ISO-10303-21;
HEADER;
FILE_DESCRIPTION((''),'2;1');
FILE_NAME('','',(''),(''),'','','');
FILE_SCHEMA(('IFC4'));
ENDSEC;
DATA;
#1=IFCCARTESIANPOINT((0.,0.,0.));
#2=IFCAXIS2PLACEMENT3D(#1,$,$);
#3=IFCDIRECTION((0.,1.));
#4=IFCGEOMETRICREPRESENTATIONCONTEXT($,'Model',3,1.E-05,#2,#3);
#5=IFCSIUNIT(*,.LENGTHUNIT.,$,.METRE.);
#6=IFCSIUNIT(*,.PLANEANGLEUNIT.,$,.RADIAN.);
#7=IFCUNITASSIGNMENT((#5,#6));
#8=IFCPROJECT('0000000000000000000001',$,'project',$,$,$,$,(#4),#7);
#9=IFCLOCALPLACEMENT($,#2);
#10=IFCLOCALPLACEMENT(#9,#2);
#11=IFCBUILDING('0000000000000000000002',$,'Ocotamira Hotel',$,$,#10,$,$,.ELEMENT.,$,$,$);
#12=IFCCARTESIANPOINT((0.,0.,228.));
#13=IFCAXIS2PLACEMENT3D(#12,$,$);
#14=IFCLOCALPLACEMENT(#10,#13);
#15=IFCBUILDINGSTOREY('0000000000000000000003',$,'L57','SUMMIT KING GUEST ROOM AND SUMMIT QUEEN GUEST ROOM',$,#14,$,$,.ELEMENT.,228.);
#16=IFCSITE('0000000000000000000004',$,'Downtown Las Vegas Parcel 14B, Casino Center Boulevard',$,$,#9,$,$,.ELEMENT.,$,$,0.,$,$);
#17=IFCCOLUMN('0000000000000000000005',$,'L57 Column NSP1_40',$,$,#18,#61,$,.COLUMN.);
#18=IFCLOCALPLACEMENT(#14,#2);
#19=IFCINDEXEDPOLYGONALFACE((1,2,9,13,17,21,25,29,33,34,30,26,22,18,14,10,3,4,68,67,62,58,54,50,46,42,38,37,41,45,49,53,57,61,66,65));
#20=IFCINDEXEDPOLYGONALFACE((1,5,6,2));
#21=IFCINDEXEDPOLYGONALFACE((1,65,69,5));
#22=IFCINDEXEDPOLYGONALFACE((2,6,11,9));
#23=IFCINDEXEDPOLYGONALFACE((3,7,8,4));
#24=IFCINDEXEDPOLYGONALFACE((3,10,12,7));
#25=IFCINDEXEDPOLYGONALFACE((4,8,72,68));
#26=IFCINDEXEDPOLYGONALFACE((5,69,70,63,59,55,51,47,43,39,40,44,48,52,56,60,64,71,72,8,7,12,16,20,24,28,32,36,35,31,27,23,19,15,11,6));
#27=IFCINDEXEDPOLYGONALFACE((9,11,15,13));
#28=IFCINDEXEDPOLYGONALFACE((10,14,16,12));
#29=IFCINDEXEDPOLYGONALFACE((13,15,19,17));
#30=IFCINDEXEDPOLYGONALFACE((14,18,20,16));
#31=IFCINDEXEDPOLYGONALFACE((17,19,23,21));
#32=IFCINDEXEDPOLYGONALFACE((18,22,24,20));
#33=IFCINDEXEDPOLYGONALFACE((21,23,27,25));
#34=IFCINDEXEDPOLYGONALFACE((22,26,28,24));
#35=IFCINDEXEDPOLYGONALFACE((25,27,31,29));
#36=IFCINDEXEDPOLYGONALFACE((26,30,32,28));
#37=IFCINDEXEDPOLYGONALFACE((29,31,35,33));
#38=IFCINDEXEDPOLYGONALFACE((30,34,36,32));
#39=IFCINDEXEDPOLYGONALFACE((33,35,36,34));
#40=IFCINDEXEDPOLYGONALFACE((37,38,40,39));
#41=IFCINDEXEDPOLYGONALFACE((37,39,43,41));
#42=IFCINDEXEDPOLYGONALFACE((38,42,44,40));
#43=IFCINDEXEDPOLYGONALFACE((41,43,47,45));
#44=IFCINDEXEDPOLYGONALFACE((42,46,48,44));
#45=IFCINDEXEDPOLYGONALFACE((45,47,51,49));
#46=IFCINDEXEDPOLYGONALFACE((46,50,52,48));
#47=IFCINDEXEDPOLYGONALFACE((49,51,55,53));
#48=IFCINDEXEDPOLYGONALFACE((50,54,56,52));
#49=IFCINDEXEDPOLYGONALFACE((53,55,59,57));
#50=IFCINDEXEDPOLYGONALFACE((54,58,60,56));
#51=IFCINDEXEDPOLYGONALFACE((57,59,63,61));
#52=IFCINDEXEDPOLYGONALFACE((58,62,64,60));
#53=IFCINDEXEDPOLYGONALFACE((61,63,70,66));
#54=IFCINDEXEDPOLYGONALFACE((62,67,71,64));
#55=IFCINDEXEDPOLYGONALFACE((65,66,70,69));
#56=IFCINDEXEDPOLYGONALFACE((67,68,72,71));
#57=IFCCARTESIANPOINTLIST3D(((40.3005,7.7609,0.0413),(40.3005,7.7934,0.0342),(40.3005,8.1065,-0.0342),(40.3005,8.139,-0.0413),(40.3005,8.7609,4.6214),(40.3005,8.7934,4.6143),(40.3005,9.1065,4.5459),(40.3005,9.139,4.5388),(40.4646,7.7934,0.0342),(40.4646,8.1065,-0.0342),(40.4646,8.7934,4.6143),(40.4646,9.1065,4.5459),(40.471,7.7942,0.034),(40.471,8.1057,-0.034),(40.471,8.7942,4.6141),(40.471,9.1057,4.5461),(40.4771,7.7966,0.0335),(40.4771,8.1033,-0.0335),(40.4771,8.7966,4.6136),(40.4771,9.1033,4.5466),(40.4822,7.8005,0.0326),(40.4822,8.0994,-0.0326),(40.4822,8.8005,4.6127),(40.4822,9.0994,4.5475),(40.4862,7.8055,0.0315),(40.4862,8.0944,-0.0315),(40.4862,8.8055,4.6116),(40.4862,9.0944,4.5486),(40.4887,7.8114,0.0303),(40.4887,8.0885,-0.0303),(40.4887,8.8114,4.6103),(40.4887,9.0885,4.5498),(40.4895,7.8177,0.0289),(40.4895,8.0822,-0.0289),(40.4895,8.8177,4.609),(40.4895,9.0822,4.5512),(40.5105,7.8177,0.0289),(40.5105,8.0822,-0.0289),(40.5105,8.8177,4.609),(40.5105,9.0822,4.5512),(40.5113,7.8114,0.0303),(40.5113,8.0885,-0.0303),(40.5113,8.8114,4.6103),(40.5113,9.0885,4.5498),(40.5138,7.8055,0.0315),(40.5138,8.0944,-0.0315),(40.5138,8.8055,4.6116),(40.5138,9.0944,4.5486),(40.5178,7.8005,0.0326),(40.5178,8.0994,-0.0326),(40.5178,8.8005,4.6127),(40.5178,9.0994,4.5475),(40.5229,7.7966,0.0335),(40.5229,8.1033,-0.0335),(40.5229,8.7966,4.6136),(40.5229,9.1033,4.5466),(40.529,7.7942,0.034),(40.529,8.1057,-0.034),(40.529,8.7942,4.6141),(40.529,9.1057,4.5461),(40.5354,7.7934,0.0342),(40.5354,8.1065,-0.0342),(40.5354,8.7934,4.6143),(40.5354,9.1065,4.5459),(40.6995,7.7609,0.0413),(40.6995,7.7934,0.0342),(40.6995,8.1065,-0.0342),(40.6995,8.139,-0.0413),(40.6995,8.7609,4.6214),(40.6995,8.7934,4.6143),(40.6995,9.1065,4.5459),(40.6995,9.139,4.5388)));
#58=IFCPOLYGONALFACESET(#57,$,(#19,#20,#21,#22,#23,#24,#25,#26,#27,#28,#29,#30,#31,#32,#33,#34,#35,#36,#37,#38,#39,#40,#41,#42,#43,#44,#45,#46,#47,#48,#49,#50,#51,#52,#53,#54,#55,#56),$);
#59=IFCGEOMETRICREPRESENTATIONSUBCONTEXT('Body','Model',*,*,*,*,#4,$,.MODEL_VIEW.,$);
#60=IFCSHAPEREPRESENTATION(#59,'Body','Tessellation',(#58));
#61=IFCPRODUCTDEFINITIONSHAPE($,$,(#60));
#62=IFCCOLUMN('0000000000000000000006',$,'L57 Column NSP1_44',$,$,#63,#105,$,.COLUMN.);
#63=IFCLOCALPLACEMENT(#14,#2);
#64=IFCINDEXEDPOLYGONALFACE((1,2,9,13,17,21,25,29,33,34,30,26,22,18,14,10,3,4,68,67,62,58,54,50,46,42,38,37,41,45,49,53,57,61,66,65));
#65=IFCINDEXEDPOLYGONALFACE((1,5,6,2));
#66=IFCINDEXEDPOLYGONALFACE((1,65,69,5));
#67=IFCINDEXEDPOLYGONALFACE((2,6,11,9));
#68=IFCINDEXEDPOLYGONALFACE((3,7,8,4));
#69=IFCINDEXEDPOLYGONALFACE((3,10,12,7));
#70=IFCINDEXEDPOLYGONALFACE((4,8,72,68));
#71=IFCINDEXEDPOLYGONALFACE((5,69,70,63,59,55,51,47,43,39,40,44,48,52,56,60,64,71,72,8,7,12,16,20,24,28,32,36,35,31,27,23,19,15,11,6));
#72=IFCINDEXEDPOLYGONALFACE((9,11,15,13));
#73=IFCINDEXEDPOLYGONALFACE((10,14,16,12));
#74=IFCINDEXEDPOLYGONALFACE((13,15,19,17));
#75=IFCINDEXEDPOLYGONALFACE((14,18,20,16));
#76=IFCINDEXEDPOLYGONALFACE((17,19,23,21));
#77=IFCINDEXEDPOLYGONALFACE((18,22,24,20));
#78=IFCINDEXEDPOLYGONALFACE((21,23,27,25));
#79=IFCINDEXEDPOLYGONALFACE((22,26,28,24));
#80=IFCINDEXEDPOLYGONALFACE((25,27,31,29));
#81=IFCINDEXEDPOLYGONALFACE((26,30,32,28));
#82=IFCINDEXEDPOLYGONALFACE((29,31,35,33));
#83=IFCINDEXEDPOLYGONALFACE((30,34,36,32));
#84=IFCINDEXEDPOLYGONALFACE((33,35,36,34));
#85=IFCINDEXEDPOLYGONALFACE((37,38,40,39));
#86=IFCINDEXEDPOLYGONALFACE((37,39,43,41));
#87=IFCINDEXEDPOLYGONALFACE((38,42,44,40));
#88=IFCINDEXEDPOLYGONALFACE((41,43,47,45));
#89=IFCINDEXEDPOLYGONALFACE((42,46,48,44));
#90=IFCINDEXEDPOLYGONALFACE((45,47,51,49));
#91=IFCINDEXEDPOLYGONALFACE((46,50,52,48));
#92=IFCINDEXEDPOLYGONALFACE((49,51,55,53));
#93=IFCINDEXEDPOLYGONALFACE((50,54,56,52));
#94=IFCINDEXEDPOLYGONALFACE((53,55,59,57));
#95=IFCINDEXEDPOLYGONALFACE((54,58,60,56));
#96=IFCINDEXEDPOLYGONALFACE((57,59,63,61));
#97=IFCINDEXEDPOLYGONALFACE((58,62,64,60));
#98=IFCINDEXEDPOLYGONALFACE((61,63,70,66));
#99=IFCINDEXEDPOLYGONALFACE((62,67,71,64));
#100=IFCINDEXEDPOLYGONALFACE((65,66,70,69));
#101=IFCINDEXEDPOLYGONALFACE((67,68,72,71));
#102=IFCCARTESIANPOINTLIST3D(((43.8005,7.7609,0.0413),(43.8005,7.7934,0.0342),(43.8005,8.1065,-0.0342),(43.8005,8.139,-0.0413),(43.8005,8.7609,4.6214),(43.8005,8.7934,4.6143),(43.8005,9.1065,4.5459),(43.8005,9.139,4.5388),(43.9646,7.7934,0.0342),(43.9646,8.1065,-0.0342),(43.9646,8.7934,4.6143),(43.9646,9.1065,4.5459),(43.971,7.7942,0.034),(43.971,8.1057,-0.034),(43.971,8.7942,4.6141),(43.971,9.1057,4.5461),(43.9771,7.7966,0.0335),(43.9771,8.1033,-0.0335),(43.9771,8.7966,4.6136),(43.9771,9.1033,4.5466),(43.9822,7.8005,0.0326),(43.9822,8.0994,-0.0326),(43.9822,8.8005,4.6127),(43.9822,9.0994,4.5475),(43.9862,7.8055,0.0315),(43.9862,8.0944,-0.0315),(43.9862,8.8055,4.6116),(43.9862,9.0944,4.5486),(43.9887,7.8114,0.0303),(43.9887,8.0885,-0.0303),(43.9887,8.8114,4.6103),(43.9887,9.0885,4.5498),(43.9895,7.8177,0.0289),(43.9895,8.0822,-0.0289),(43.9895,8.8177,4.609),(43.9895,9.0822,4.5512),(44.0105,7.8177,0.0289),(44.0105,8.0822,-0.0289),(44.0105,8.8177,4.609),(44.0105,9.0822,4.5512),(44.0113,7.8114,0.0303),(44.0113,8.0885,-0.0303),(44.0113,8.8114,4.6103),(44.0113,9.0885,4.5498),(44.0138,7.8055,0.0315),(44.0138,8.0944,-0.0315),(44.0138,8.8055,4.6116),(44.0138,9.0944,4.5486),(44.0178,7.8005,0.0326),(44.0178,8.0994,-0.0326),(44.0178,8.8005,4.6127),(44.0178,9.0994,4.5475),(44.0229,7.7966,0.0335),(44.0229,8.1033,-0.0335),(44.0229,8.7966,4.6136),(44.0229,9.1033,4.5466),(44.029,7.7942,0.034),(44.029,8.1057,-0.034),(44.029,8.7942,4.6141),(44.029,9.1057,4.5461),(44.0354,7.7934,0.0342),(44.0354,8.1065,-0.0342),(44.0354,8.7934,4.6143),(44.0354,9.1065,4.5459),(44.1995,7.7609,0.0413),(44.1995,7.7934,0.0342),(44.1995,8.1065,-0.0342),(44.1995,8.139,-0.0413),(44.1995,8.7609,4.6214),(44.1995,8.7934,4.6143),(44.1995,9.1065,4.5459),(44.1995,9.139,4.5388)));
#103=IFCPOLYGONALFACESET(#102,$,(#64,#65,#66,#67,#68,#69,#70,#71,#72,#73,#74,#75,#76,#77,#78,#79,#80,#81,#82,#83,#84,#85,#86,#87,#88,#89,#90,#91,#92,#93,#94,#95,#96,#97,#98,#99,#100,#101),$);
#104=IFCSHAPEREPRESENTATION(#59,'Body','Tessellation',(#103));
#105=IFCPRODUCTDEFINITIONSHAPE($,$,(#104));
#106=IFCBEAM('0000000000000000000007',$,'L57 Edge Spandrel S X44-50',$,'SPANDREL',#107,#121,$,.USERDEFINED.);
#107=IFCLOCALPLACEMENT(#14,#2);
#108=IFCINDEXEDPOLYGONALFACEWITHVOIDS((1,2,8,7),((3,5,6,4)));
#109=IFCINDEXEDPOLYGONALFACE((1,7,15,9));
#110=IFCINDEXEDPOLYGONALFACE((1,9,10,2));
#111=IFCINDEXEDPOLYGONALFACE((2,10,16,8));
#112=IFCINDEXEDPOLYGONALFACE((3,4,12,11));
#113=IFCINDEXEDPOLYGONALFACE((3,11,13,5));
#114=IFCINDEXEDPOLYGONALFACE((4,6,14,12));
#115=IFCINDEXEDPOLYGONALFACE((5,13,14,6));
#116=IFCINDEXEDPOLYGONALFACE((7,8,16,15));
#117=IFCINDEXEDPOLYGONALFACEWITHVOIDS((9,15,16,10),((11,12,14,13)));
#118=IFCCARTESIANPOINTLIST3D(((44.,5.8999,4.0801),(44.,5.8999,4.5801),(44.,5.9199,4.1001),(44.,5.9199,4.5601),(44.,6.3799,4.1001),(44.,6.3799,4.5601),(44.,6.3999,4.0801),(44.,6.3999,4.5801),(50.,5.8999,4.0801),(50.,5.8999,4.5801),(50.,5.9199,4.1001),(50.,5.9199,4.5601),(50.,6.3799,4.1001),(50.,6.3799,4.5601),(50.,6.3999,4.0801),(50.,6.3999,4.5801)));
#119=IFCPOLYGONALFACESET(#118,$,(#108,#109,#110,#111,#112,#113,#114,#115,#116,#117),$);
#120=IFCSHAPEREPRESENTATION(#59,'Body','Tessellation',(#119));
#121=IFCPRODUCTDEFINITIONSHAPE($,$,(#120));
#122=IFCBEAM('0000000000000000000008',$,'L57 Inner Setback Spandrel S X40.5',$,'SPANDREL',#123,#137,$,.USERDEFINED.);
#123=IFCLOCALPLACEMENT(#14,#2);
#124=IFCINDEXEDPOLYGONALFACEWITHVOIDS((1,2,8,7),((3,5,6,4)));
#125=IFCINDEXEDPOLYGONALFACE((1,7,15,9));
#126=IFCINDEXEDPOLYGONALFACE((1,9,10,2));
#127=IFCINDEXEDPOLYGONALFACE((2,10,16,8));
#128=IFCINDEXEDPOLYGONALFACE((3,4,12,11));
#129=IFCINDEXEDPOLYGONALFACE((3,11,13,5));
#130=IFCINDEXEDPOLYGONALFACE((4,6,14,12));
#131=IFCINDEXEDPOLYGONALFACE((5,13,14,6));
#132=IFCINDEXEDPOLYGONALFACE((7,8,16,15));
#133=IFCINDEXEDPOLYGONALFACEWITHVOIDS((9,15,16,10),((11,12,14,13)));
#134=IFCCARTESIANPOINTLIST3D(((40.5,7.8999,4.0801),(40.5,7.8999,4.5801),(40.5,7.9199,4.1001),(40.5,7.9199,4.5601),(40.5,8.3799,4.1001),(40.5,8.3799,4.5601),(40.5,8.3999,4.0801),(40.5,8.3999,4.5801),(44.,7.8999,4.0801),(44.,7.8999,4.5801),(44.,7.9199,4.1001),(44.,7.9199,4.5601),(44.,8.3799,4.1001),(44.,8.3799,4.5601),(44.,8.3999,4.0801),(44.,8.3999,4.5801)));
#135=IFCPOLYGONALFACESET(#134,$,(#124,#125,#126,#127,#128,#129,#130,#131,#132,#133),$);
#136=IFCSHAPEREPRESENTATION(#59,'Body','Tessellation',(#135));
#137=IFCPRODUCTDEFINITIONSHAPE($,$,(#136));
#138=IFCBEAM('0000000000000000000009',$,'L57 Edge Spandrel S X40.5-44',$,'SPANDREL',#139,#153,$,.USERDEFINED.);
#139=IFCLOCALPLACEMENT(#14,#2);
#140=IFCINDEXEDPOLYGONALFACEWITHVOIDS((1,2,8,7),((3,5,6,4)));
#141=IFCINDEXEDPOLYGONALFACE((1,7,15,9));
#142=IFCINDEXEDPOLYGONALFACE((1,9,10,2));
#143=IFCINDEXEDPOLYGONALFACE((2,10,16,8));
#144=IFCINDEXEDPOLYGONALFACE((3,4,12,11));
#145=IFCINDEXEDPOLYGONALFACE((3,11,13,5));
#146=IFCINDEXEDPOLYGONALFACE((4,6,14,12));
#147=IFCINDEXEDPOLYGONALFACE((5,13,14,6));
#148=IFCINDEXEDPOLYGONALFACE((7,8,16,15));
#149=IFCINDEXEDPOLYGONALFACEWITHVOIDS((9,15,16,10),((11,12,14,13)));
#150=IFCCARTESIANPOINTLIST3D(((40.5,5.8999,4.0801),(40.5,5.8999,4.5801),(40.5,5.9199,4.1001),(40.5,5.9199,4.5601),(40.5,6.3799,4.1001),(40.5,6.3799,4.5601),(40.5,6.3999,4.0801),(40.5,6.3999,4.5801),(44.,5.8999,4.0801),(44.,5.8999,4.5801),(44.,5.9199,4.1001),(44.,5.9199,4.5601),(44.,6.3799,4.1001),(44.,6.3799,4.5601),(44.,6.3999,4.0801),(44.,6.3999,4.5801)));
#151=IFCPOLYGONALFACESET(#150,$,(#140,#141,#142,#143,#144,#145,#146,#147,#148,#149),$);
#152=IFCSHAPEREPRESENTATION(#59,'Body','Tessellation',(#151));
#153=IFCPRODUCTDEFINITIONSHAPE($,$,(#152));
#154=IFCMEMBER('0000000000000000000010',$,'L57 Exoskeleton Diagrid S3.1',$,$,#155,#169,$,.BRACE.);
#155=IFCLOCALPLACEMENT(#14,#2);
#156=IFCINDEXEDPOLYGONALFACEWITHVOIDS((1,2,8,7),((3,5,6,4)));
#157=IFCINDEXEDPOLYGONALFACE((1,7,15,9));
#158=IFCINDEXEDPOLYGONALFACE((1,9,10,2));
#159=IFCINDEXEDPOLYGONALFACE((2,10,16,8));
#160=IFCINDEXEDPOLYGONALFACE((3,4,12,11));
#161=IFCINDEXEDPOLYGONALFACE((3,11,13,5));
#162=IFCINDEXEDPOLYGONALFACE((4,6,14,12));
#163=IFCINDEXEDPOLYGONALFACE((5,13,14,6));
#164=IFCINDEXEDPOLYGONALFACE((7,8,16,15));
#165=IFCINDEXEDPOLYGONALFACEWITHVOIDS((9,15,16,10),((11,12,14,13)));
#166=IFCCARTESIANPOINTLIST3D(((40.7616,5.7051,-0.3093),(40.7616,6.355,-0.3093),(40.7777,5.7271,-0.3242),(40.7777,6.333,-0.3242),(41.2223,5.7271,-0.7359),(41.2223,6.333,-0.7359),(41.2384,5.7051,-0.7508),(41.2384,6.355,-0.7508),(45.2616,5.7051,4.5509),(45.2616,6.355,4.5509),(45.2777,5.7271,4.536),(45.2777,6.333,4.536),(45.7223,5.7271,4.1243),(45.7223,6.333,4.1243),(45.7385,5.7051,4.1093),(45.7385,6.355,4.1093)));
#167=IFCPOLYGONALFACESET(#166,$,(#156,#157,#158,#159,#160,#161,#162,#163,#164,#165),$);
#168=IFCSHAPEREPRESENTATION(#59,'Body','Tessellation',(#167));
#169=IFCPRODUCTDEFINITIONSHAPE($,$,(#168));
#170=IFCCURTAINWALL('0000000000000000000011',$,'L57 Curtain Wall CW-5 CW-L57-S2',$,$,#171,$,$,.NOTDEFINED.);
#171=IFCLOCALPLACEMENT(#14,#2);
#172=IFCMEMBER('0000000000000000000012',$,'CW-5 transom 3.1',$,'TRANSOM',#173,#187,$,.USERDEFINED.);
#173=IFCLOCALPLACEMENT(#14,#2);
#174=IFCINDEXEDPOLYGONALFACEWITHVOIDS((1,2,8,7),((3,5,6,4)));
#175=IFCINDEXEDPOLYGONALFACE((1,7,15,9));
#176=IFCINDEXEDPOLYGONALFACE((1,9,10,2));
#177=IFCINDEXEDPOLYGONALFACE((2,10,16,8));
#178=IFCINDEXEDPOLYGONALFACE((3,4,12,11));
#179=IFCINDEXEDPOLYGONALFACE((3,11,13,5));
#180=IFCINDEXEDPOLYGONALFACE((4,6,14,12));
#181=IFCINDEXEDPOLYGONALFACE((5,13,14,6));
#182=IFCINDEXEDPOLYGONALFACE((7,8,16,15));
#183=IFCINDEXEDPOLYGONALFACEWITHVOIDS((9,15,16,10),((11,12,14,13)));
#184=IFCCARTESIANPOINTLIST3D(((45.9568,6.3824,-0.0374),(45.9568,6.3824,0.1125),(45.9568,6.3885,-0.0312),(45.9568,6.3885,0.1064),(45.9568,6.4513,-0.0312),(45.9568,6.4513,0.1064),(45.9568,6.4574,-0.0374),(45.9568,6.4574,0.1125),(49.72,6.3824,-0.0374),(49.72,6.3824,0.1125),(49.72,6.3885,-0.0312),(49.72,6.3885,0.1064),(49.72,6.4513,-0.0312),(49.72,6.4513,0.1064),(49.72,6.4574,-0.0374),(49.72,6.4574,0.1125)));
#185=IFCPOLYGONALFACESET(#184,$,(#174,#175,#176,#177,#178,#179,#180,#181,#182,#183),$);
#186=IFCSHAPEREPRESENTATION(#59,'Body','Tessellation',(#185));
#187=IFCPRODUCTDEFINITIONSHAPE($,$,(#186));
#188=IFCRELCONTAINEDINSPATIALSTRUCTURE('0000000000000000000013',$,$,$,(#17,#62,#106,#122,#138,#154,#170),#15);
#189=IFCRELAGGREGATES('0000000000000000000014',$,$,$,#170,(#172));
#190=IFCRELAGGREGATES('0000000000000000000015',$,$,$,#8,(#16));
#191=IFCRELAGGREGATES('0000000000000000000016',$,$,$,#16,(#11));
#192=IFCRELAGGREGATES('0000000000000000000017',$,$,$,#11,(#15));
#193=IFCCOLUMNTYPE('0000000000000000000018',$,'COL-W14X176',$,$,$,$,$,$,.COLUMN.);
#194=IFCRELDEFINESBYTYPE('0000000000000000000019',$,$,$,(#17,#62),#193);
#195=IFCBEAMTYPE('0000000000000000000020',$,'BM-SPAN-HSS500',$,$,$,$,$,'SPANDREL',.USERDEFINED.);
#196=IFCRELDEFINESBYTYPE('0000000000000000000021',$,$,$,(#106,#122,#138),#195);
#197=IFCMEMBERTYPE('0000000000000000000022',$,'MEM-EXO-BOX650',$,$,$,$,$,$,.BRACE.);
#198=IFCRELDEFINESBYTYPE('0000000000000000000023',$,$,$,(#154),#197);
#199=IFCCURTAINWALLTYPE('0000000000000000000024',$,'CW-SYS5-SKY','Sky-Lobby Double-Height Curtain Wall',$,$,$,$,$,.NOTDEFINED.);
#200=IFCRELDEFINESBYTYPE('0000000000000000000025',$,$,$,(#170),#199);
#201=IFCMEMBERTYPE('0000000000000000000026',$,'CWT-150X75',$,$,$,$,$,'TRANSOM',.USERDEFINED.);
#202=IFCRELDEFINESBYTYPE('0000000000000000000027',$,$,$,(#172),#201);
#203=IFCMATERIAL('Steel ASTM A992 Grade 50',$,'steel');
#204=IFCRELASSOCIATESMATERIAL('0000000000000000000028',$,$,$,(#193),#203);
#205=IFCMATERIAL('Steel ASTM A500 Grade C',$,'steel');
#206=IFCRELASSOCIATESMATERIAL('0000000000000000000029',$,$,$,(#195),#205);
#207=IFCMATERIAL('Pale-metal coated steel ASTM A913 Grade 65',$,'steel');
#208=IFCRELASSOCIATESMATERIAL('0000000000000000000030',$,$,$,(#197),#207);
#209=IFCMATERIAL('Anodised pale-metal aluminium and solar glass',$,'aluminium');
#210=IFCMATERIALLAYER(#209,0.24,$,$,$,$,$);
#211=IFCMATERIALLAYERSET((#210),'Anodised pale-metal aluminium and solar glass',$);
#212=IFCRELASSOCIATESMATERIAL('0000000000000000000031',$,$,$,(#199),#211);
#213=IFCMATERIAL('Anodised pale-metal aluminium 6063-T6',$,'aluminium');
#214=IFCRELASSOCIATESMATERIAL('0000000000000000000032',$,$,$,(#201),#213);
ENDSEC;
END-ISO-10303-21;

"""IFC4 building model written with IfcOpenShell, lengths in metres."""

from ifc_helpers import new_model, si_unit, direction, frame, origin, origin_2d, place, context, subcontext, project, spatial, hollow_rectangle, i_section, extrude, source, transform, mapped, material, layer, layer_set, material_profile, profile_set, type_object, element, aggregate, save


model = new_model("IFC4")

# Units and contexts
model_context = context("Model", 3, precision=1e-05, world=origin(), true_north=direction((0.0, 1.0)))
body_context = subcontext(model_context, "Body", "Model", "MODEL_VIEW")
ifc_project = project(units=[si_unit("LENGTHUNIT", "METRE"), si_unit("PLANEANGLEUNIT", "RADIAN")], contexts=[model_context])

# Site, building, storey
site_placement = place(None, origin())
site = spatial("IfcSite", under=ifc_project, at=site_placement, Name="Downtown Las Vegas Parcel 14B, Casino Center Boulevard", CompositionType="ELEMENT", RefElevation=0.0)
building_placement = place(site_placement, origin())
building = spatial("IfcBuilding", under=site, at=building_placement, Name="Ocotamira Hotel", CompositionType="ELEMENT")
storey_placement = place(building_placement, frame((0.0, 0.0, 228.0)))
storey = spatial("IfcBuildingStorey", under=building, at=storey_placement, Name="L57", Description="SUMMIT KING GUEST ROOM AND SUMMIT QUEEN GUEST ROOM", CompositionType="ELEMENT", Elevation=228.0)

# Columns
ifc_material_1 = material(Name="Steel ASTM A992 Grade 50", Category="steel")
ifc_material_profile_1 = material_profile(ifc_material_1, i_section(OverallWidth=0.3989, OverallDepth=0.387, WebThickness=0.021, FlangeThickness=0.0332, FilletRadius=0.0249, at=origin_2d()), Name="W14X176")
ifc_profile_set_1 = profile_set([ifc_material_profile_1], Name="Steel ASTM A992 Grade 50")
column_type = type_object("IfcColumnType", Name="COL-W14X176", PredefinedType="COLUMN", material=ifc_profile_set_1)
shared_shape_1 = source(origin(), body_context, "Body", "SweptSolid", [
    extrude(i_section(OverallWidth=0.3989, OverallDepth=0.387, WebThickness=0.021, FlangeThickness=0.0332, FilletRadius=0.0249, at=origin_2d()), origin(), (0.0, 0.0, 1.0), 4.688),
])
for number, where, z_axis, x_axis, name in (
    (1, (40.5, 7.95, 0.0), (0.0, 0.213312, 0.976984), (-1.0, 0.0, 0.0), "L57 Column NSP1_40"),
    (2, (44.0, 7.95, 0.0), (0.0, 0.213312, 0.976984), (-1.0, 0.0, 0.0), "L57 Column NSP1_44"),
):
    element("IfcColumn", number, at=place(storey_placement, frame(where, z_axis=z_axis, x_axis=x_axis)), inside=storey, type_object=column_type, Name=name, PredefinedType="COLUMN", context=body_context, shape_type="MappedRepresentation", body=[
        mapped(shared_shape_1, transform((0.0, 0.0, 0.0), scale=1.0)),
    ])

# Beams
ifc_material_2 = material(Name="Steel ASTM A500 Grade C", Category="steel")
ifc_material_profile_2 = material_profile(ifc_material_2, hollow_rectangle(XDim=0.5, YDim=0.5, WallThickness=0.02, at=origin_2d()), Name="HSS500X500X20")
ifc_profile_set_2 = profile_set([ifc_material_profile_2], Name="Steel ASTM A500 Grade C")
beam_type = type_object("IfcBeamType", Name="BM-SPAN-HSS500", ElementType="SPANDREL", PredefinedType="USERDEFINED", material=ifc_profile_set_2)
shared_shape_2 = source(origin(), body_context, "Body", "SweptSolid", [
    extrude(hollow_rectangle(XDim=0.5, YDim=0.5, WallThickness=0.02, at=origin_2d()), origin(), (0.0, 0.0, 1.0), 6.0),
])
beam_placement = place(storey_placement, frame((44.0, 6.1499, 4.3301), z_axis=(1.0, 0.0, 0.0), x_axis=(0.0, 1.0, 0.0)))
element("IfcBeam", 3, at=beam_placement, inside=storey, type_object=beam_type, Name="L57 Edge Spandrel S X44-50", ObjectType="SPANDREL", PredefinedType="USERDEFINED", context=body_context, shape_type="MappedRepresentation", body=[
    mapped(shared_shape_2, transform((0.0, 0.0, 0.0), scale=1.0)),
])
shared_shape_3 = source(origin(), body_context, "Body", "SweptSolid", [
    extrude(hollow_rectangle(XDim=0.5, YDim=0.5, WallThickness=0.02, at=origin_2d()), origin(), (0.0, 0.0, 1.0), 3.5),
])
for number, where, z_axis, x_axis, name in (
    (4, (40.5, 8.1499, 4.3301), (1.0, 0.0, 0.0), (0.0, 1.0, 0.0), "L57 Inner Setback Spandrel S X40.5"),
    (5, (40.5, 6.1499, 4.3301), (1.0, 0.0, 0.0), (0.0, 1.0, 0.0), "L57 Edge Spandrel S X40.5-44"),
):
    element("IfcBeam", number, at=place(storey_placement, frame(where, z_axis=z_axis, x_axis=x_axis)), inside=storey, type_object=beam_type, Name=name, ObjectType="SPANDREL", PredefinedType="USERDEFINED", context=body_context, shape_type="MappedRepresentation", body=[
        mapped(shared_shape_3, transform((0.0, 0.0, 0.0), scale=1.0)),
    ])

# Member
ifc_material_3 = material(Name="Pale-metal coated steel ASTM A913 Grade 65", Category="steel")
ifc_material_profile_3 = material_profile(ifc_material_3, hollow_rectangle(XDim=0.6499, YDim=0.6499, WallThickness=0.022, at=origin_2d()), Name="BOX650X650X22")
ifc_profile_set_3 = profile_set([ifc_material_profile_3], Name="Pale-metal coated steel ASTM A913 Grade 65")
member_type_1 = type_object("IfcMemberType", Name="MEM-EXO-BOX650", PredefinedType="BRACE", material=ifc_profile_set_3)
shared_shape_4 = source(origin(), body_context, "Body", "SweptSolid", [
    extrude(hollow_rectangle(XDim=0.6499, YDim=0.6499, WallThickness=0.022, at=origin_2d()), origin(), (0.0, 0.0, 1.0), 6.6235),
])
member_1_placement = place(storey_placement, frame((41.0, 6.03, -0.53), z_axis=(0.6794, 0.0, 0.733768), x_axis=(0.0, 1.0, 0.0)))
element("IfcMember", 6, at=member_1_placement, inside=storey, type_object=member_type_1, Name="L57 Exoskeleton Diagrid S3.1", PredefinedType="BRACE", context=body_context, shape_type="MappedRepresentation", body=[
    mapped(shared_shape_4, transform((0.0, 0.0, 0.0), scale=1.0)),
])

# Curtain wall, member
ifc_material_4 = material(Name="Anodised pale-metal aluminium and solar glass", Category="aluminium")
ifc_layer_1 = layer(ifc_material_4, 0.24)
ifc_layer_set_1 = layer_set([ifc_layer_1], Name="Anodised pale-metal aluminium and solar glass")
curtain_wall_type = type_object("IfcCurtainWallType", Name="CW-SYS5-SKY", Description="Sky-Lobby Double-Height Curtain Wall", PredefinedType="NOTDEFINED", material=ifc_layer_set_1)
curtain_wall_1_placement = place(storey_placement, origin())
curtain_wall_1 = element("IfcCurtainWall", 7, at=curtain_wall_1_placement, inside=storey, type_object=curtain_wall_type, Name="L57 Curtain Wall CW-5 CW-L57-S2", PredefinedType="NOTDEFINED")
ifc_material_5 = material(Name="Anodised pale-metal aluminium 6063-T6", Category="aluminium")
ifc_material_profile_4 = material_profile(ifc_material_5, hollow_rectangle(XDim=0.075, YDim=0.1499, WallThickness=0.0061, at=origin_2d()), Name="HSS150X75X6")
ifc_profile_set_4 = profile_set([ifc_material_profile_4], Name="Anodised pale-metal aluminium 6063-T6")
member_type_2 = type_object("IfcMemberType", Name="CWT-150X75", ElementType="TRANSOM", PredefinedType="USERDEFINED", material=ifc_profile_set_4)
shared_shape_5 = source(origin(), body_context, "Body", "SweptSolid", [
    extrude(hollow_rectangle(XDim=0.075, YDim=0.1499, WallThickness=0.0061, at=origin_2d()), origin(), (0.0, 0.0, 1.0), 3.7632),
])
member_2_placement = place(storey_placement, frame((45.9568, 6.4199, 0.0376), z_axis=(1.0, 0.0, 0.0), x_axis=(0.0, 1.0, 0.0)))
member_2 = element("IfcMember", 8, at=member_2_placement, type_object=member_type_2, Name="CW-5 transom 3.1", ObjectType="TRANSOM", PredefinedType="USERDEFINED", context=body_context, shape_type="MappedRepresentation", body=[
    mapped(shared_shape_5, transform((0.0, 0.0, 0.0), scale=1.0)),
])

aggregate(curtain_wall_1, [member_2])

save(model, "model.ifc")
